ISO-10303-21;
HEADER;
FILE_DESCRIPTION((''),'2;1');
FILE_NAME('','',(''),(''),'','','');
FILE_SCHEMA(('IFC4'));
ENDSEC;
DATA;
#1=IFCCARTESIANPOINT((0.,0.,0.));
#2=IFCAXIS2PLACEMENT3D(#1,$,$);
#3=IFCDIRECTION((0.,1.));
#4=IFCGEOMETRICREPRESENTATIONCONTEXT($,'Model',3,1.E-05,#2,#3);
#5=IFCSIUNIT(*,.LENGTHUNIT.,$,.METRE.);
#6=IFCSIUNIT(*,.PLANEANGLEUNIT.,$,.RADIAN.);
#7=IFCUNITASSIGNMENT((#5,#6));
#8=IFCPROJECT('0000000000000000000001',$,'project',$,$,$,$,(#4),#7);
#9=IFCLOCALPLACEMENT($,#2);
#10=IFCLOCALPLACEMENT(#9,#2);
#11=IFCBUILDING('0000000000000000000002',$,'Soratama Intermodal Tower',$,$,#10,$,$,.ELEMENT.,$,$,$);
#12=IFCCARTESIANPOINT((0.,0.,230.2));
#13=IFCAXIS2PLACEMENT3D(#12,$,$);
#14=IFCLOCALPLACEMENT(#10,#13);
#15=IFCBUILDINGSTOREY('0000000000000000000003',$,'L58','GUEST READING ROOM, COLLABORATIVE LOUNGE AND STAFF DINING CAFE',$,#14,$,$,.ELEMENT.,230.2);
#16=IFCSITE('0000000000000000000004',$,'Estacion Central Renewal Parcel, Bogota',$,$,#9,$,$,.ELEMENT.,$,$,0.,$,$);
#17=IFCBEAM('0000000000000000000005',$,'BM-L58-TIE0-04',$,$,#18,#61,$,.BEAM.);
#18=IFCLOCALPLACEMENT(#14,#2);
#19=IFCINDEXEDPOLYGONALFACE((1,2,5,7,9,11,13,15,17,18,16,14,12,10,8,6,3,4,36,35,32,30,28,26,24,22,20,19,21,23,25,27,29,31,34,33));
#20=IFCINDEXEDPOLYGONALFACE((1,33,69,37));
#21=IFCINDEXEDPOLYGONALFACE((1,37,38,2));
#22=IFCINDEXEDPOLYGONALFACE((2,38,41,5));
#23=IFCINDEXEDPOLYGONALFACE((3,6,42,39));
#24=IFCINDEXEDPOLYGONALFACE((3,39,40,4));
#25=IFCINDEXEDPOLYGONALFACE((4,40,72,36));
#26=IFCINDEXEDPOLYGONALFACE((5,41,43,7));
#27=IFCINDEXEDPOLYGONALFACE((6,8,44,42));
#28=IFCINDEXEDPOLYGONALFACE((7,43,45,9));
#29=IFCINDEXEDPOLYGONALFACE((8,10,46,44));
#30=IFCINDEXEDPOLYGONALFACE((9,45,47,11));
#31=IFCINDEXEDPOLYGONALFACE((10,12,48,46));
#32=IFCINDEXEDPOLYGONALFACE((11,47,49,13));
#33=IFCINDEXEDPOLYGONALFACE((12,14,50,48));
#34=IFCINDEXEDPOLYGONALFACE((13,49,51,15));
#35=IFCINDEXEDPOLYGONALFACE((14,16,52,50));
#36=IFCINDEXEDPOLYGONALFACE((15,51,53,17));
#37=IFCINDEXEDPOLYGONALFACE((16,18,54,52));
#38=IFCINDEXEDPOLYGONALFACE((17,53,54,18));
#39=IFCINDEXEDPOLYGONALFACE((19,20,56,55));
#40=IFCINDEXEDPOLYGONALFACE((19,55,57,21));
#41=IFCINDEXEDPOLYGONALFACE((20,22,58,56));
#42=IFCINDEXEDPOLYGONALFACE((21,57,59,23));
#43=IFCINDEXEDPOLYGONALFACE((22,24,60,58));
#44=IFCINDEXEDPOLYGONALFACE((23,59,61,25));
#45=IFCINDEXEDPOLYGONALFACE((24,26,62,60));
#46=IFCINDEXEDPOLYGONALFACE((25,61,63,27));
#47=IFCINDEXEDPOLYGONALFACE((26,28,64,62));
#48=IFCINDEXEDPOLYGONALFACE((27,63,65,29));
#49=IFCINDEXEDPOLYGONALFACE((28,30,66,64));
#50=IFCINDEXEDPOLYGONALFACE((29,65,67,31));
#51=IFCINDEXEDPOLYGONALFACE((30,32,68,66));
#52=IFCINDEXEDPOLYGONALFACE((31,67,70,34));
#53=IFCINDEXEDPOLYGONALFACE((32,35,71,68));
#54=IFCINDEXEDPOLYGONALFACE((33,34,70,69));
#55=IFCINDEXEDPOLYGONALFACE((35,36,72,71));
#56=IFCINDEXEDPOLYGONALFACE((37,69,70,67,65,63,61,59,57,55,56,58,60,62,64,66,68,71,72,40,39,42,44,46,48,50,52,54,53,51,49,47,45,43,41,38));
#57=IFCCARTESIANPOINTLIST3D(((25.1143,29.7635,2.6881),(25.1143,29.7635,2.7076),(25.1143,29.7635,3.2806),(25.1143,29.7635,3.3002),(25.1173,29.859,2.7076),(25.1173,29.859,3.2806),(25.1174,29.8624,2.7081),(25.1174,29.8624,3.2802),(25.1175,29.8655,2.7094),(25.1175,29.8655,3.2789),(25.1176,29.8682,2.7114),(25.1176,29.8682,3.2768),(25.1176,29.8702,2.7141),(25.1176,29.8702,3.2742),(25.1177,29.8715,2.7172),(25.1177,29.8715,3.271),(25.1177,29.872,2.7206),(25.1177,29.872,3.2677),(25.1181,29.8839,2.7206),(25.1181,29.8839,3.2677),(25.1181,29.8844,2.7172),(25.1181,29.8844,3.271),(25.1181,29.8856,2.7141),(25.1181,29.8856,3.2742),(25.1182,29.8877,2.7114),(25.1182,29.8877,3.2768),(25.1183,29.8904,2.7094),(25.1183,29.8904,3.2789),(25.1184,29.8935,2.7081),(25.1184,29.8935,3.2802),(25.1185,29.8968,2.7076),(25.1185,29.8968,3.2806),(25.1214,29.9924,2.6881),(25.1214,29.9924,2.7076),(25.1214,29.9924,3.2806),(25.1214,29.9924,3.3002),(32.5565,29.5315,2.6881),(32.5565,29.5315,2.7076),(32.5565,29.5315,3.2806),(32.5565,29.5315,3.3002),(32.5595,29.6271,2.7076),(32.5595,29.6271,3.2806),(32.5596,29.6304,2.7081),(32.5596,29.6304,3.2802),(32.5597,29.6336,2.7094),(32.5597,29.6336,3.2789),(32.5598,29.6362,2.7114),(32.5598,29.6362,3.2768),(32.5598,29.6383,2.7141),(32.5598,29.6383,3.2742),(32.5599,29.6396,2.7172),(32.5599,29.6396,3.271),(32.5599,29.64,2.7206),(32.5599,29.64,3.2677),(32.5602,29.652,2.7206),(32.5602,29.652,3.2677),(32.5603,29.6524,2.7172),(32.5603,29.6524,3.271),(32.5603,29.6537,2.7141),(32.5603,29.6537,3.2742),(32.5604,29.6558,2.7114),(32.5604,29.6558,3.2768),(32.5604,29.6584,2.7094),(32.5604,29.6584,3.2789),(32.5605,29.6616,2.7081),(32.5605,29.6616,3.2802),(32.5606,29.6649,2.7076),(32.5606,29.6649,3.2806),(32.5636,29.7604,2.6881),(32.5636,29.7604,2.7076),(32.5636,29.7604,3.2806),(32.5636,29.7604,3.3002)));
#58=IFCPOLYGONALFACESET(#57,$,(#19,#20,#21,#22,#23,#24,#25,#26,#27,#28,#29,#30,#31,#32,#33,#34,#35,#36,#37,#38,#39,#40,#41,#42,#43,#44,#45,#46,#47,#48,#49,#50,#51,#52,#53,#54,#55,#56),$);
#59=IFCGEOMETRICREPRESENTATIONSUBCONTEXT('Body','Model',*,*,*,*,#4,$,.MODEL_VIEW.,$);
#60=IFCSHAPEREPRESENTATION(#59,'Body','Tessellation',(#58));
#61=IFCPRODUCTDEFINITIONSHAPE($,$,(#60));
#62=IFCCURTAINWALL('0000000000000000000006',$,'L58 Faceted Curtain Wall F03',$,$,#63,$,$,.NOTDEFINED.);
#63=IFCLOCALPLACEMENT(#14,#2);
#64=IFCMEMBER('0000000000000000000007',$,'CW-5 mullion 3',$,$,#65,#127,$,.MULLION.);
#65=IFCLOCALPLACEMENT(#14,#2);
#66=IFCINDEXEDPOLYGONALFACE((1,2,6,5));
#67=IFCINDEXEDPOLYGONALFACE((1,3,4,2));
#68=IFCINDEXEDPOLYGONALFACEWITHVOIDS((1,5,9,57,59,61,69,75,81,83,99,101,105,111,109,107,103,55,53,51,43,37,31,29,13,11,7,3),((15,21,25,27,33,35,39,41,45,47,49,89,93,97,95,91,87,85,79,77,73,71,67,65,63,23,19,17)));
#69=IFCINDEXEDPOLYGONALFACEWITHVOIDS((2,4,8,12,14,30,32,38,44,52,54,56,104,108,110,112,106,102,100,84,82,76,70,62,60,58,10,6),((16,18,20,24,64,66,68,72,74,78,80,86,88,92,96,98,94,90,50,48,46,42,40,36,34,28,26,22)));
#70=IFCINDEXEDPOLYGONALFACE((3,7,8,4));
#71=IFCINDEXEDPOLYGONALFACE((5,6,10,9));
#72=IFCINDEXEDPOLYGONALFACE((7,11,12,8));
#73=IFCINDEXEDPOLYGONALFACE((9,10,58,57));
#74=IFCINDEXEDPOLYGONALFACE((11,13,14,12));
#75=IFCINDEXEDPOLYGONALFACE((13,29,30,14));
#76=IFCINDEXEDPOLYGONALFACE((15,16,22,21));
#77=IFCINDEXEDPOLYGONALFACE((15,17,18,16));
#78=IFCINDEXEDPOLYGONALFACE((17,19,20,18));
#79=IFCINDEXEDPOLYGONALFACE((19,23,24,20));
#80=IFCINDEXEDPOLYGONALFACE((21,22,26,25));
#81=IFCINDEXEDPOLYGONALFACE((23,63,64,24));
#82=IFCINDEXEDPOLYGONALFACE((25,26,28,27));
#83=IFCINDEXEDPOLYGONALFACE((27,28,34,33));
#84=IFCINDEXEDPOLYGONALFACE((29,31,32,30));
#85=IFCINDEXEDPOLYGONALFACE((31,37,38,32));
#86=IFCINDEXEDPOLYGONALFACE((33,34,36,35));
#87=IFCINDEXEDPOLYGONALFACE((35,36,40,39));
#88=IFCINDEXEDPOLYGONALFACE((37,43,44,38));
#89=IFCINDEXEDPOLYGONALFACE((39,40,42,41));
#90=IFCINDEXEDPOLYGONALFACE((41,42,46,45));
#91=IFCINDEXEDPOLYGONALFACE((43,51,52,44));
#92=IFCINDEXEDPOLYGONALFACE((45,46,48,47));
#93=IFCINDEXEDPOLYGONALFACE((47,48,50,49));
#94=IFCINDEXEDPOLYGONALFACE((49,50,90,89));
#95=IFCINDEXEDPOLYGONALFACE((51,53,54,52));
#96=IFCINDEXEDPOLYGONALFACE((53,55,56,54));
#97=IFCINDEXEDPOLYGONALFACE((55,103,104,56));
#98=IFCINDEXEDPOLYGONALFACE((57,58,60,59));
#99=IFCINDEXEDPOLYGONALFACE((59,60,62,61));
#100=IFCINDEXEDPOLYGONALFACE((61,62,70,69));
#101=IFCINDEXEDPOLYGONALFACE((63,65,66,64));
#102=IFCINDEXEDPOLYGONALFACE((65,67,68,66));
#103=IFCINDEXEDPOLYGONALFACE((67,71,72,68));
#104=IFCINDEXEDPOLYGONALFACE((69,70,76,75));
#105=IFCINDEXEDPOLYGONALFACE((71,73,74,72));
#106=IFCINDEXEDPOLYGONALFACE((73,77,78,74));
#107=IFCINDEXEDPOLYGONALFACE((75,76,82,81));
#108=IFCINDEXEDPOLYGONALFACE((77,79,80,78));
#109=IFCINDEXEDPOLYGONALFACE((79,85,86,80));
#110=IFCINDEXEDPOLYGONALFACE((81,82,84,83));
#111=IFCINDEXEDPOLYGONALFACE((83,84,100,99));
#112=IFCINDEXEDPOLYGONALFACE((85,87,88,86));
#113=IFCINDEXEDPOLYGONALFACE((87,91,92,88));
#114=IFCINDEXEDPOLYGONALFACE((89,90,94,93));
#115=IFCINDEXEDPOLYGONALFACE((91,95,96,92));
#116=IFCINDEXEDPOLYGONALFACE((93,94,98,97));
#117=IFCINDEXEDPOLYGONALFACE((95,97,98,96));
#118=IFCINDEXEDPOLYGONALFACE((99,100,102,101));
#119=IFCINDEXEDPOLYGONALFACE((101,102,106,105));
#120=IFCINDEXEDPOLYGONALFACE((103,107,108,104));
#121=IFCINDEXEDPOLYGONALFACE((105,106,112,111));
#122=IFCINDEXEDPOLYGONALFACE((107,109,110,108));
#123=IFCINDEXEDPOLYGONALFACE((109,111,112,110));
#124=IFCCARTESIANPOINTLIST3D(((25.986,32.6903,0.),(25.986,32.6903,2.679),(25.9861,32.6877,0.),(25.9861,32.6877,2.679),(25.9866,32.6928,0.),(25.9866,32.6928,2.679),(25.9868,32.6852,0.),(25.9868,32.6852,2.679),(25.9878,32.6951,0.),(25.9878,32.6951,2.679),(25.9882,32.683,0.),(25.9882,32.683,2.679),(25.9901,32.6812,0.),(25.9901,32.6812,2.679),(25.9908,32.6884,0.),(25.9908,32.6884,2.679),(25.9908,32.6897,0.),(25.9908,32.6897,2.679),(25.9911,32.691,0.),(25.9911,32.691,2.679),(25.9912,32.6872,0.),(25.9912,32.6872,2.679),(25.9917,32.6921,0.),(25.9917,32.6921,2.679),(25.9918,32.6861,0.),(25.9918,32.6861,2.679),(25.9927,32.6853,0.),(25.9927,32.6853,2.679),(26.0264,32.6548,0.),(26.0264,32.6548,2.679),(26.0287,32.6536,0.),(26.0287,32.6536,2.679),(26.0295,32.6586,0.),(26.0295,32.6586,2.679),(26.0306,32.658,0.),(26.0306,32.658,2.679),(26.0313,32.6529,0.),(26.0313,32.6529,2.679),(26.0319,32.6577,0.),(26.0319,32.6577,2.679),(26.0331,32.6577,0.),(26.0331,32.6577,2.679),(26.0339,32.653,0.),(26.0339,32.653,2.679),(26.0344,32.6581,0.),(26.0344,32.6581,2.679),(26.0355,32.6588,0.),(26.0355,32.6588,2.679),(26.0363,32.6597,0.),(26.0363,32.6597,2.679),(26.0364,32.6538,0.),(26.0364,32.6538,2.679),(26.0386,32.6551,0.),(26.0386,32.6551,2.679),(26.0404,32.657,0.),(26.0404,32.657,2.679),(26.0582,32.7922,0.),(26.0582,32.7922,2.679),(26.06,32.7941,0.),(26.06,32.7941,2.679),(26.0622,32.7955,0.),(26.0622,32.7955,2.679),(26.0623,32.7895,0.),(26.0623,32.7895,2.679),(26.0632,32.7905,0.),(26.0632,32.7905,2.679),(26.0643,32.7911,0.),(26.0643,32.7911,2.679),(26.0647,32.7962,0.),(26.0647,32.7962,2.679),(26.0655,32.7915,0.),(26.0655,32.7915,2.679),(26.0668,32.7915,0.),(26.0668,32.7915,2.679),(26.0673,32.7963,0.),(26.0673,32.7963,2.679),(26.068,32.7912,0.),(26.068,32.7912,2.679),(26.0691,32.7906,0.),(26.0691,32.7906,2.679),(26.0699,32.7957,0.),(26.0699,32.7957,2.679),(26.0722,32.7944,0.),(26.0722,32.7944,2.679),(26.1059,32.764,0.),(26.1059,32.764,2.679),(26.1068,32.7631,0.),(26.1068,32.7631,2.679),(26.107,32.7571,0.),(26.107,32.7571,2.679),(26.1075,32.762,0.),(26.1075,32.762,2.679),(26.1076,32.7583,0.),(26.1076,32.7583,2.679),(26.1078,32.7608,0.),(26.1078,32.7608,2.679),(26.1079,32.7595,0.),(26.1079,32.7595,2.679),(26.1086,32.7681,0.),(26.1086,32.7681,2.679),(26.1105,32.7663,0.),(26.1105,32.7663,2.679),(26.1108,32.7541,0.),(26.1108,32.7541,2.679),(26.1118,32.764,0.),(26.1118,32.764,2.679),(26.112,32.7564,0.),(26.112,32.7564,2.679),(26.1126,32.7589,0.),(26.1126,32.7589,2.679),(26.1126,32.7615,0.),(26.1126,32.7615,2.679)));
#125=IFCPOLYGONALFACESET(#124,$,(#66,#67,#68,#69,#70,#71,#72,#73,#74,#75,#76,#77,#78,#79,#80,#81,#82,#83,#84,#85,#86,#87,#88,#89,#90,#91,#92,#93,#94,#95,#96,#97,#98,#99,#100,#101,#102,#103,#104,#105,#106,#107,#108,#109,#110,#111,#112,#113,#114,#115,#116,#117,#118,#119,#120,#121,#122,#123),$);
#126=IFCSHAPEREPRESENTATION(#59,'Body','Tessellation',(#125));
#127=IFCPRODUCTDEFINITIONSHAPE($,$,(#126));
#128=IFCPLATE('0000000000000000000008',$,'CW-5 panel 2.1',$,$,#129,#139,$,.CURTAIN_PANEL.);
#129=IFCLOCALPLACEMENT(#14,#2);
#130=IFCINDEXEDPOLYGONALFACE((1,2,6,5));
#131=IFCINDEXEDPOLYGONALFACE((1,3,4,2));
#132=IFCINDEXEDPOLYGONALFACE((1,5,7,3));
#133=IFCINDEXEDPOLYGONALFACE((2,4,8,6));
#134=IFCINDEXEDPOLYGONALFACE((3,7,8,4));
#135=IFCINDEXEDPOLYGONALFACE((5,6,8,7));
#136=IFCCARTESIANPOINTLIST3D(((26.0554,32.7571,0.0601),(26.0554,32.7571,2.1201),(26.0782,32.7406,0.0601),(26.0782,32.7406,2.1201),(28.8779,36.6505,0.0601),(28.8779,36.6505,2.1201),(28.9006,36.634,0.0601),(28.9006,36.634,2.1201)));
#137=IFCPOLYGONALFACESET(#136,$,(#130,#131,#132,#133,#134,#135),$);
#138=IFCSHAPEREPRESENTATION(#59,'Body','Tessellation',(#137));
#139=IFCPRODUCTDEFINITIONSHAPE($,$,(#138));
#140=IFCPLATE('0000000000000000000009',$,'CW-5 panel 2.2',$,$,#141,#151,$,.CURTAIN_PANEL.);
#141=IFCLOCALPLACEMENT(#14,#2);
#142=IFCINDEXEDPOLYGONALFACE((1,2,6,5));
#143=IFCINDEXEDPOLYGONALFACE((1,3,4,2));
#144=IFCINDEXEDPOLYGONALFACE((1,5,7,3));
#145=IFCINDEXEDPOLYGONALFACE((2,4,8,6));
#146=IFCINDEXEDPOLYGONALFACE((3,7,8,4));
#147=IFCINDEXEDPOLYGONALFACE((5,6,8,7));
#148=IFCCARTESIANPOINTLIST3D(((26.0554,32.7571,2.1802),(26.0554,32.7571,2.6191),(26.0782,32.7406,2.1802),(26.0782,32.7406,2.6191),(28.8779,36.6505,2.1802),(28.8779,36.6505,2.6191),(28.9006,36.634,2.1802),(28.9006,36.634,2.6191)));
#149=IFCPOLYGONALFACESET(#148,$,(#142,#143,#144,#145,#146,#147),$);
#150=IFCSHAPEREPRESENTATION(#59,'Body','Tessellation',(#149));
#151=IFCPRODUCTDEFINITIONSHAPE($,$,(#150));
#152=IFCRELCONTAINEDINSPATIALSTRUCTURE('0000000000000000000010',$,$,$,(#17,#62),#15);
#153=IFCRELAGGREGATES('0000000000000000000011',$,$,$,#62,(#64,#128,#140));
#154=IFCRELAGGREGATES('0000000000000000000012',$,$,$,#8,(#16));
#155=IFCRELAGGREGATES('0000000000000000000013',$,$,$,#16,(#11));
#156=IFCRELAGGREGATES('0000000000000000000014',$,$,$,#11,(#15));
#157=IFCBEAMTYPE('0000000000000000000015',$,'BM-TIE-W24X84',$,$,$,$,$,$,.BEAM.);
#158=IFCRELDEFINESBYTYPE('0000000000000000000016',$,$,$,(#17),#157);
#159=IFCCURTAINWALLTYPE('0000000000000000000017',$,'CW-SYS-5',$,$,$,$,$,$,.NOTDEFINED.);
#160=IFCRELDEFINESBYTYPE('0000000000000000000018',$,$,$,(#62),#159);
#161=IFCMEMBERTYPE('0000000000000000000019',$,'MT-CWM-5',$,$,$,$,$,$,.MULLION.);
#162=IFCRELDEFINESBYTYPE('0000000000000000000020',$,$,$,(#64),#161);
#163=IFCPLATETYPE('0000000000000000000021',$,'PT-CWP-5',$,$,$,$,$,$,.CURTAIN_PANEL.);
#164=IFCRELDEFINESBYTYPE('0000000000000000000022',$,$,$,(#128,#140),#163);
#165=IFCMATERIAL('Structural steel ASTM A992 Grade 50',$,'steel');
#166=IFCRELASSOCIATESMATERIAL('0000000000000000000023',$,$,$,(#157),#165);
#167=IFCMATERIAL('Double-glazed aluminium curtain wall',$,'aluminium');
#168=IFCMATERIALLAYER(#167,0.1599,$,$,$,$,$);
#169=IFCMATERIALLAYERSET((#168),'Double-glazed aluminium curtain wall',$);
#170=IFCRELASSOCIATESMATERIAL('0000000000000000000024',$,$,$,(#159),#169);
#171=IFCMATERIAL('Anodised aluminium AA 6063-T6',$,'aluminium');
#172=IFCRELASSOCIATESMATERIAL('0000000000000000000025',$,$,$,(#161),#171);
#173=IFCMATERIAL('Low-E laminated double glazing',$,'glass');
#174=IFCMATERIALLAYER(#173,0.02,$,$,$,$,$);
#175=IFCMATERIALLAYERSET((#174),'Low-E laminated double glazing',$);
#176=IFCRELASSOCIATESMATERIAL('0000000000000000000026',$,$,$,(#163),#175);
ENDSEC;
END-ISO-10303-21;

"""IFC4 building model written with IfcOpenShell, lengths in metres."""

from ifc_helpers import new_model, si_unit, direction, frame, origin, origin_2d, place, context, subcontext, project, spatial, rectangle, hollow_rectangle, i_section, extrude, material, layer, layer_set, material_profile, profile_set, type_object, element, aggregate, save


model = new_model("IFC4")

# Units and contexts
model_context = context("Model", 3, precision=1e-05, world=origin(), true_north=direction((0.0, 1.0)))
body_context = subcontext(model_context, "Body", "Model", "MODEL_VIEW")
ifc_project = project(units=[si_unit("LENGTHUNIT", "METRE"), si_unit("PLANEANGLEUNIT", "RADIAN")], contexts=[model_context])

# Site, building, storey
site_placement = place(None, origin())
site = spatial("IfcSite", under=ifc_project, at=site_placement, Name="Estacion Central Renewal Parcel, Bogota", CompositionType="ELEMENT", RefElevation=0.0)
building_placement = place(site_placement, origin())
building = spatial("IfcBuilding", under=site, at=building_placement, Name="Soratama Intermodal Tower", CompositionType="ELEMENT")
storey_placement = place(building_placement, frame((0.0, 0.0, 230.2)))
storey = spatial("IfcBuildingStorey", under=building, at=storey_placement, Name="L58", Description="GUEST READING ROOM, COLLABORATIVE LOUNGE AND STAFF DINING CAFE", CompositionType="ELEMENT", Elevation=230.2)

# Beam
ifc_material_1 = material(Name="Structural steel ASTM A992 Grade 50", Category="steel")
ifc_material_profile_1 = material_profile(ifc_material_1, i_section(OverallWidth=0.229, OverallDepth=0.6121, WebThickness=0.012, FlangeThickness=0.0195, FilletRadius=0.0129, at=origin_2d()), Name="W24X84")
ifc_profile_set_1 = profile_set([ifc_material_profile_1], Name="Structural steel ASTM A992 Grade 50")
beam_type_1 = type_object("IfcBeamType", Name="BM-TIE-W24X84", PredefinedType="BEAM", material=ifc_profile_set_1)
beam_1_placement = place(storey_placement, frame((32.5601, 29.646, 2.9941), z_axis=(-0.999515, 0.03115, 0.0), x_axis=(-0.03115, -0.999515, 0.0)))
element("IfcBeam", 1, at=beam_1_placement, inside=storey, type_object=beam_type_1, Name="BM-L58-TIE0-04", PredefinedType="BEAM", context=body_context, shape_type="SweptSolid", body=[
    extrude(i_section(OverallWidth=0.229, OverallDepth=0.6121, WebThickness=0.012, FlangeThickness=0.0195, FilletRadius=0.0129, at=origin_2d()), origin(), (0.0, 0.0, 1.0), 7.4458),
])

# Curtain wall, member, plates
ifc_material_2 = material(Name="Double-glazed aluminium curtain wall", Category="aluminium")
ifc_layer_1 = layer(ifc_material_2, 0.1599)
ifc_layer_set_1 = layer_set([ifc_layer_1], Name="Double-glazed aluminium curtain wall")
curtain_wall_type = type_object("IfcCurtainWallType", Name="CW-SYS-5", PredefinedType="NOTDEFINED", material=ifc_layer_set_1)
curtain_wall_placement = place(storey_placement, origin())
curtain_wall = element("IfcCurtainWall", 2, at=curtain_wall_placement, inside=storey, type_object=curtain_wall_type, Name="L58 Faceted Curtain Wall F03", PredefinedType="NOTDEFINED")
ifc_material_3 = material(Name="Anodised aluminium AA 6063-T6", Category="aluminium")
ifc_material_profile_2 = material_profile(ifc_material_3, hollow_rectangle(XDim=0.0649, YDim=0.1399, WallThickness=0.0049, InnerFilletRadius=0.0049, OuterFilletRadius=0.01, at=origin_2d()), Name="CWM140X65X5")
ifc_profile_set_2 = profile_set([ifc_material_profile_2], Name="Anodised aluminium AA 6063-T6")
member_type = type_object("IfcMemberType", Name="MT-CWM-5", PredefinedType="MULLION", material=ifc_profile_set_2)
member_placement = place(storey_placement, frame((26.0493, 32.7246, 0.0), z_axis=(0.0, 0.0, 1.0), x_axis=(0.809633, -0.586937, 0.0)))
member = element("IfcMember", 3, at=member_placement, type_object=member_type, Name="CW-5 mullion 3", PredefinedType="MULLION", context=body_context, shape_type="SweptSolid", body=[
    extrude(hollow_rectangle(XDim=0.0649, YDim=0.1399, WallThickness=0.0049, InnerFilletRadius=0.0049, OuterFilletRadius=0.01, at=origin_2d()), origin(), (0.0, 0.0, 1.0), 2.679),
])
ifc_material_4 = material(Name="Low-E laminated double glazing", Category="glass")
ifc_layer_2 = layer(ifc_material_4, 0.02)
ifc_layer_set_2 = layer_set([ifc_layer_2], Name="Low-E laminated double glazing")
plate_type = type_object("IfcPlateType", Name="PT-CWP-5", PredefinedType="CURTAIN_PANEL", material=ifc_layer_set_2)
plate_1_placement = place(storey_placement, frame((27.478, 34.6956, 0.0601), z_axis=(0.0, 0.0, 1.0), x_axis=(-0.586937, -0.809633, 0.0)))
plate_1 = element("IfcPlate", 4, at=plate_1_placement, type_object=plate_type, Name="CW-5 panel 2.1", PredefinedType="CURTAIN_PANEL", context=body_context, shape_type="SweptSolid", body=[
    extrude(rectangle(XDim=4.8088, YDim=0.0281, at=origin_2d()), origin(), (0.0, 0.0, 1.0), 2.0601),
])
plate_2_placement = place(storey_placement, frame((27.478, 34.6956, 2.1802), z_axis=(0.0, 0.0, 1.0), x_axis=(-0.586937, -0.809633, 0.0)))
plate_2 = element("IfcPlate", 5, at=plate_2_placement, type_object=plate_type, Name="CW-5 panel 2.2", PredefinedType="CURTAIN_PANEL", context=body_context, shape_type="SweptSolid", body=[
    extrude(rectangle(XDim=4.8088, YDim=0.0281, at=origin_2d()), origin(), (0.0, 0.0, 1.0), 0.439),
])
aggregate(curtain_wall, [member, plate_1, plate_2])

save(model, "model.ifc")
